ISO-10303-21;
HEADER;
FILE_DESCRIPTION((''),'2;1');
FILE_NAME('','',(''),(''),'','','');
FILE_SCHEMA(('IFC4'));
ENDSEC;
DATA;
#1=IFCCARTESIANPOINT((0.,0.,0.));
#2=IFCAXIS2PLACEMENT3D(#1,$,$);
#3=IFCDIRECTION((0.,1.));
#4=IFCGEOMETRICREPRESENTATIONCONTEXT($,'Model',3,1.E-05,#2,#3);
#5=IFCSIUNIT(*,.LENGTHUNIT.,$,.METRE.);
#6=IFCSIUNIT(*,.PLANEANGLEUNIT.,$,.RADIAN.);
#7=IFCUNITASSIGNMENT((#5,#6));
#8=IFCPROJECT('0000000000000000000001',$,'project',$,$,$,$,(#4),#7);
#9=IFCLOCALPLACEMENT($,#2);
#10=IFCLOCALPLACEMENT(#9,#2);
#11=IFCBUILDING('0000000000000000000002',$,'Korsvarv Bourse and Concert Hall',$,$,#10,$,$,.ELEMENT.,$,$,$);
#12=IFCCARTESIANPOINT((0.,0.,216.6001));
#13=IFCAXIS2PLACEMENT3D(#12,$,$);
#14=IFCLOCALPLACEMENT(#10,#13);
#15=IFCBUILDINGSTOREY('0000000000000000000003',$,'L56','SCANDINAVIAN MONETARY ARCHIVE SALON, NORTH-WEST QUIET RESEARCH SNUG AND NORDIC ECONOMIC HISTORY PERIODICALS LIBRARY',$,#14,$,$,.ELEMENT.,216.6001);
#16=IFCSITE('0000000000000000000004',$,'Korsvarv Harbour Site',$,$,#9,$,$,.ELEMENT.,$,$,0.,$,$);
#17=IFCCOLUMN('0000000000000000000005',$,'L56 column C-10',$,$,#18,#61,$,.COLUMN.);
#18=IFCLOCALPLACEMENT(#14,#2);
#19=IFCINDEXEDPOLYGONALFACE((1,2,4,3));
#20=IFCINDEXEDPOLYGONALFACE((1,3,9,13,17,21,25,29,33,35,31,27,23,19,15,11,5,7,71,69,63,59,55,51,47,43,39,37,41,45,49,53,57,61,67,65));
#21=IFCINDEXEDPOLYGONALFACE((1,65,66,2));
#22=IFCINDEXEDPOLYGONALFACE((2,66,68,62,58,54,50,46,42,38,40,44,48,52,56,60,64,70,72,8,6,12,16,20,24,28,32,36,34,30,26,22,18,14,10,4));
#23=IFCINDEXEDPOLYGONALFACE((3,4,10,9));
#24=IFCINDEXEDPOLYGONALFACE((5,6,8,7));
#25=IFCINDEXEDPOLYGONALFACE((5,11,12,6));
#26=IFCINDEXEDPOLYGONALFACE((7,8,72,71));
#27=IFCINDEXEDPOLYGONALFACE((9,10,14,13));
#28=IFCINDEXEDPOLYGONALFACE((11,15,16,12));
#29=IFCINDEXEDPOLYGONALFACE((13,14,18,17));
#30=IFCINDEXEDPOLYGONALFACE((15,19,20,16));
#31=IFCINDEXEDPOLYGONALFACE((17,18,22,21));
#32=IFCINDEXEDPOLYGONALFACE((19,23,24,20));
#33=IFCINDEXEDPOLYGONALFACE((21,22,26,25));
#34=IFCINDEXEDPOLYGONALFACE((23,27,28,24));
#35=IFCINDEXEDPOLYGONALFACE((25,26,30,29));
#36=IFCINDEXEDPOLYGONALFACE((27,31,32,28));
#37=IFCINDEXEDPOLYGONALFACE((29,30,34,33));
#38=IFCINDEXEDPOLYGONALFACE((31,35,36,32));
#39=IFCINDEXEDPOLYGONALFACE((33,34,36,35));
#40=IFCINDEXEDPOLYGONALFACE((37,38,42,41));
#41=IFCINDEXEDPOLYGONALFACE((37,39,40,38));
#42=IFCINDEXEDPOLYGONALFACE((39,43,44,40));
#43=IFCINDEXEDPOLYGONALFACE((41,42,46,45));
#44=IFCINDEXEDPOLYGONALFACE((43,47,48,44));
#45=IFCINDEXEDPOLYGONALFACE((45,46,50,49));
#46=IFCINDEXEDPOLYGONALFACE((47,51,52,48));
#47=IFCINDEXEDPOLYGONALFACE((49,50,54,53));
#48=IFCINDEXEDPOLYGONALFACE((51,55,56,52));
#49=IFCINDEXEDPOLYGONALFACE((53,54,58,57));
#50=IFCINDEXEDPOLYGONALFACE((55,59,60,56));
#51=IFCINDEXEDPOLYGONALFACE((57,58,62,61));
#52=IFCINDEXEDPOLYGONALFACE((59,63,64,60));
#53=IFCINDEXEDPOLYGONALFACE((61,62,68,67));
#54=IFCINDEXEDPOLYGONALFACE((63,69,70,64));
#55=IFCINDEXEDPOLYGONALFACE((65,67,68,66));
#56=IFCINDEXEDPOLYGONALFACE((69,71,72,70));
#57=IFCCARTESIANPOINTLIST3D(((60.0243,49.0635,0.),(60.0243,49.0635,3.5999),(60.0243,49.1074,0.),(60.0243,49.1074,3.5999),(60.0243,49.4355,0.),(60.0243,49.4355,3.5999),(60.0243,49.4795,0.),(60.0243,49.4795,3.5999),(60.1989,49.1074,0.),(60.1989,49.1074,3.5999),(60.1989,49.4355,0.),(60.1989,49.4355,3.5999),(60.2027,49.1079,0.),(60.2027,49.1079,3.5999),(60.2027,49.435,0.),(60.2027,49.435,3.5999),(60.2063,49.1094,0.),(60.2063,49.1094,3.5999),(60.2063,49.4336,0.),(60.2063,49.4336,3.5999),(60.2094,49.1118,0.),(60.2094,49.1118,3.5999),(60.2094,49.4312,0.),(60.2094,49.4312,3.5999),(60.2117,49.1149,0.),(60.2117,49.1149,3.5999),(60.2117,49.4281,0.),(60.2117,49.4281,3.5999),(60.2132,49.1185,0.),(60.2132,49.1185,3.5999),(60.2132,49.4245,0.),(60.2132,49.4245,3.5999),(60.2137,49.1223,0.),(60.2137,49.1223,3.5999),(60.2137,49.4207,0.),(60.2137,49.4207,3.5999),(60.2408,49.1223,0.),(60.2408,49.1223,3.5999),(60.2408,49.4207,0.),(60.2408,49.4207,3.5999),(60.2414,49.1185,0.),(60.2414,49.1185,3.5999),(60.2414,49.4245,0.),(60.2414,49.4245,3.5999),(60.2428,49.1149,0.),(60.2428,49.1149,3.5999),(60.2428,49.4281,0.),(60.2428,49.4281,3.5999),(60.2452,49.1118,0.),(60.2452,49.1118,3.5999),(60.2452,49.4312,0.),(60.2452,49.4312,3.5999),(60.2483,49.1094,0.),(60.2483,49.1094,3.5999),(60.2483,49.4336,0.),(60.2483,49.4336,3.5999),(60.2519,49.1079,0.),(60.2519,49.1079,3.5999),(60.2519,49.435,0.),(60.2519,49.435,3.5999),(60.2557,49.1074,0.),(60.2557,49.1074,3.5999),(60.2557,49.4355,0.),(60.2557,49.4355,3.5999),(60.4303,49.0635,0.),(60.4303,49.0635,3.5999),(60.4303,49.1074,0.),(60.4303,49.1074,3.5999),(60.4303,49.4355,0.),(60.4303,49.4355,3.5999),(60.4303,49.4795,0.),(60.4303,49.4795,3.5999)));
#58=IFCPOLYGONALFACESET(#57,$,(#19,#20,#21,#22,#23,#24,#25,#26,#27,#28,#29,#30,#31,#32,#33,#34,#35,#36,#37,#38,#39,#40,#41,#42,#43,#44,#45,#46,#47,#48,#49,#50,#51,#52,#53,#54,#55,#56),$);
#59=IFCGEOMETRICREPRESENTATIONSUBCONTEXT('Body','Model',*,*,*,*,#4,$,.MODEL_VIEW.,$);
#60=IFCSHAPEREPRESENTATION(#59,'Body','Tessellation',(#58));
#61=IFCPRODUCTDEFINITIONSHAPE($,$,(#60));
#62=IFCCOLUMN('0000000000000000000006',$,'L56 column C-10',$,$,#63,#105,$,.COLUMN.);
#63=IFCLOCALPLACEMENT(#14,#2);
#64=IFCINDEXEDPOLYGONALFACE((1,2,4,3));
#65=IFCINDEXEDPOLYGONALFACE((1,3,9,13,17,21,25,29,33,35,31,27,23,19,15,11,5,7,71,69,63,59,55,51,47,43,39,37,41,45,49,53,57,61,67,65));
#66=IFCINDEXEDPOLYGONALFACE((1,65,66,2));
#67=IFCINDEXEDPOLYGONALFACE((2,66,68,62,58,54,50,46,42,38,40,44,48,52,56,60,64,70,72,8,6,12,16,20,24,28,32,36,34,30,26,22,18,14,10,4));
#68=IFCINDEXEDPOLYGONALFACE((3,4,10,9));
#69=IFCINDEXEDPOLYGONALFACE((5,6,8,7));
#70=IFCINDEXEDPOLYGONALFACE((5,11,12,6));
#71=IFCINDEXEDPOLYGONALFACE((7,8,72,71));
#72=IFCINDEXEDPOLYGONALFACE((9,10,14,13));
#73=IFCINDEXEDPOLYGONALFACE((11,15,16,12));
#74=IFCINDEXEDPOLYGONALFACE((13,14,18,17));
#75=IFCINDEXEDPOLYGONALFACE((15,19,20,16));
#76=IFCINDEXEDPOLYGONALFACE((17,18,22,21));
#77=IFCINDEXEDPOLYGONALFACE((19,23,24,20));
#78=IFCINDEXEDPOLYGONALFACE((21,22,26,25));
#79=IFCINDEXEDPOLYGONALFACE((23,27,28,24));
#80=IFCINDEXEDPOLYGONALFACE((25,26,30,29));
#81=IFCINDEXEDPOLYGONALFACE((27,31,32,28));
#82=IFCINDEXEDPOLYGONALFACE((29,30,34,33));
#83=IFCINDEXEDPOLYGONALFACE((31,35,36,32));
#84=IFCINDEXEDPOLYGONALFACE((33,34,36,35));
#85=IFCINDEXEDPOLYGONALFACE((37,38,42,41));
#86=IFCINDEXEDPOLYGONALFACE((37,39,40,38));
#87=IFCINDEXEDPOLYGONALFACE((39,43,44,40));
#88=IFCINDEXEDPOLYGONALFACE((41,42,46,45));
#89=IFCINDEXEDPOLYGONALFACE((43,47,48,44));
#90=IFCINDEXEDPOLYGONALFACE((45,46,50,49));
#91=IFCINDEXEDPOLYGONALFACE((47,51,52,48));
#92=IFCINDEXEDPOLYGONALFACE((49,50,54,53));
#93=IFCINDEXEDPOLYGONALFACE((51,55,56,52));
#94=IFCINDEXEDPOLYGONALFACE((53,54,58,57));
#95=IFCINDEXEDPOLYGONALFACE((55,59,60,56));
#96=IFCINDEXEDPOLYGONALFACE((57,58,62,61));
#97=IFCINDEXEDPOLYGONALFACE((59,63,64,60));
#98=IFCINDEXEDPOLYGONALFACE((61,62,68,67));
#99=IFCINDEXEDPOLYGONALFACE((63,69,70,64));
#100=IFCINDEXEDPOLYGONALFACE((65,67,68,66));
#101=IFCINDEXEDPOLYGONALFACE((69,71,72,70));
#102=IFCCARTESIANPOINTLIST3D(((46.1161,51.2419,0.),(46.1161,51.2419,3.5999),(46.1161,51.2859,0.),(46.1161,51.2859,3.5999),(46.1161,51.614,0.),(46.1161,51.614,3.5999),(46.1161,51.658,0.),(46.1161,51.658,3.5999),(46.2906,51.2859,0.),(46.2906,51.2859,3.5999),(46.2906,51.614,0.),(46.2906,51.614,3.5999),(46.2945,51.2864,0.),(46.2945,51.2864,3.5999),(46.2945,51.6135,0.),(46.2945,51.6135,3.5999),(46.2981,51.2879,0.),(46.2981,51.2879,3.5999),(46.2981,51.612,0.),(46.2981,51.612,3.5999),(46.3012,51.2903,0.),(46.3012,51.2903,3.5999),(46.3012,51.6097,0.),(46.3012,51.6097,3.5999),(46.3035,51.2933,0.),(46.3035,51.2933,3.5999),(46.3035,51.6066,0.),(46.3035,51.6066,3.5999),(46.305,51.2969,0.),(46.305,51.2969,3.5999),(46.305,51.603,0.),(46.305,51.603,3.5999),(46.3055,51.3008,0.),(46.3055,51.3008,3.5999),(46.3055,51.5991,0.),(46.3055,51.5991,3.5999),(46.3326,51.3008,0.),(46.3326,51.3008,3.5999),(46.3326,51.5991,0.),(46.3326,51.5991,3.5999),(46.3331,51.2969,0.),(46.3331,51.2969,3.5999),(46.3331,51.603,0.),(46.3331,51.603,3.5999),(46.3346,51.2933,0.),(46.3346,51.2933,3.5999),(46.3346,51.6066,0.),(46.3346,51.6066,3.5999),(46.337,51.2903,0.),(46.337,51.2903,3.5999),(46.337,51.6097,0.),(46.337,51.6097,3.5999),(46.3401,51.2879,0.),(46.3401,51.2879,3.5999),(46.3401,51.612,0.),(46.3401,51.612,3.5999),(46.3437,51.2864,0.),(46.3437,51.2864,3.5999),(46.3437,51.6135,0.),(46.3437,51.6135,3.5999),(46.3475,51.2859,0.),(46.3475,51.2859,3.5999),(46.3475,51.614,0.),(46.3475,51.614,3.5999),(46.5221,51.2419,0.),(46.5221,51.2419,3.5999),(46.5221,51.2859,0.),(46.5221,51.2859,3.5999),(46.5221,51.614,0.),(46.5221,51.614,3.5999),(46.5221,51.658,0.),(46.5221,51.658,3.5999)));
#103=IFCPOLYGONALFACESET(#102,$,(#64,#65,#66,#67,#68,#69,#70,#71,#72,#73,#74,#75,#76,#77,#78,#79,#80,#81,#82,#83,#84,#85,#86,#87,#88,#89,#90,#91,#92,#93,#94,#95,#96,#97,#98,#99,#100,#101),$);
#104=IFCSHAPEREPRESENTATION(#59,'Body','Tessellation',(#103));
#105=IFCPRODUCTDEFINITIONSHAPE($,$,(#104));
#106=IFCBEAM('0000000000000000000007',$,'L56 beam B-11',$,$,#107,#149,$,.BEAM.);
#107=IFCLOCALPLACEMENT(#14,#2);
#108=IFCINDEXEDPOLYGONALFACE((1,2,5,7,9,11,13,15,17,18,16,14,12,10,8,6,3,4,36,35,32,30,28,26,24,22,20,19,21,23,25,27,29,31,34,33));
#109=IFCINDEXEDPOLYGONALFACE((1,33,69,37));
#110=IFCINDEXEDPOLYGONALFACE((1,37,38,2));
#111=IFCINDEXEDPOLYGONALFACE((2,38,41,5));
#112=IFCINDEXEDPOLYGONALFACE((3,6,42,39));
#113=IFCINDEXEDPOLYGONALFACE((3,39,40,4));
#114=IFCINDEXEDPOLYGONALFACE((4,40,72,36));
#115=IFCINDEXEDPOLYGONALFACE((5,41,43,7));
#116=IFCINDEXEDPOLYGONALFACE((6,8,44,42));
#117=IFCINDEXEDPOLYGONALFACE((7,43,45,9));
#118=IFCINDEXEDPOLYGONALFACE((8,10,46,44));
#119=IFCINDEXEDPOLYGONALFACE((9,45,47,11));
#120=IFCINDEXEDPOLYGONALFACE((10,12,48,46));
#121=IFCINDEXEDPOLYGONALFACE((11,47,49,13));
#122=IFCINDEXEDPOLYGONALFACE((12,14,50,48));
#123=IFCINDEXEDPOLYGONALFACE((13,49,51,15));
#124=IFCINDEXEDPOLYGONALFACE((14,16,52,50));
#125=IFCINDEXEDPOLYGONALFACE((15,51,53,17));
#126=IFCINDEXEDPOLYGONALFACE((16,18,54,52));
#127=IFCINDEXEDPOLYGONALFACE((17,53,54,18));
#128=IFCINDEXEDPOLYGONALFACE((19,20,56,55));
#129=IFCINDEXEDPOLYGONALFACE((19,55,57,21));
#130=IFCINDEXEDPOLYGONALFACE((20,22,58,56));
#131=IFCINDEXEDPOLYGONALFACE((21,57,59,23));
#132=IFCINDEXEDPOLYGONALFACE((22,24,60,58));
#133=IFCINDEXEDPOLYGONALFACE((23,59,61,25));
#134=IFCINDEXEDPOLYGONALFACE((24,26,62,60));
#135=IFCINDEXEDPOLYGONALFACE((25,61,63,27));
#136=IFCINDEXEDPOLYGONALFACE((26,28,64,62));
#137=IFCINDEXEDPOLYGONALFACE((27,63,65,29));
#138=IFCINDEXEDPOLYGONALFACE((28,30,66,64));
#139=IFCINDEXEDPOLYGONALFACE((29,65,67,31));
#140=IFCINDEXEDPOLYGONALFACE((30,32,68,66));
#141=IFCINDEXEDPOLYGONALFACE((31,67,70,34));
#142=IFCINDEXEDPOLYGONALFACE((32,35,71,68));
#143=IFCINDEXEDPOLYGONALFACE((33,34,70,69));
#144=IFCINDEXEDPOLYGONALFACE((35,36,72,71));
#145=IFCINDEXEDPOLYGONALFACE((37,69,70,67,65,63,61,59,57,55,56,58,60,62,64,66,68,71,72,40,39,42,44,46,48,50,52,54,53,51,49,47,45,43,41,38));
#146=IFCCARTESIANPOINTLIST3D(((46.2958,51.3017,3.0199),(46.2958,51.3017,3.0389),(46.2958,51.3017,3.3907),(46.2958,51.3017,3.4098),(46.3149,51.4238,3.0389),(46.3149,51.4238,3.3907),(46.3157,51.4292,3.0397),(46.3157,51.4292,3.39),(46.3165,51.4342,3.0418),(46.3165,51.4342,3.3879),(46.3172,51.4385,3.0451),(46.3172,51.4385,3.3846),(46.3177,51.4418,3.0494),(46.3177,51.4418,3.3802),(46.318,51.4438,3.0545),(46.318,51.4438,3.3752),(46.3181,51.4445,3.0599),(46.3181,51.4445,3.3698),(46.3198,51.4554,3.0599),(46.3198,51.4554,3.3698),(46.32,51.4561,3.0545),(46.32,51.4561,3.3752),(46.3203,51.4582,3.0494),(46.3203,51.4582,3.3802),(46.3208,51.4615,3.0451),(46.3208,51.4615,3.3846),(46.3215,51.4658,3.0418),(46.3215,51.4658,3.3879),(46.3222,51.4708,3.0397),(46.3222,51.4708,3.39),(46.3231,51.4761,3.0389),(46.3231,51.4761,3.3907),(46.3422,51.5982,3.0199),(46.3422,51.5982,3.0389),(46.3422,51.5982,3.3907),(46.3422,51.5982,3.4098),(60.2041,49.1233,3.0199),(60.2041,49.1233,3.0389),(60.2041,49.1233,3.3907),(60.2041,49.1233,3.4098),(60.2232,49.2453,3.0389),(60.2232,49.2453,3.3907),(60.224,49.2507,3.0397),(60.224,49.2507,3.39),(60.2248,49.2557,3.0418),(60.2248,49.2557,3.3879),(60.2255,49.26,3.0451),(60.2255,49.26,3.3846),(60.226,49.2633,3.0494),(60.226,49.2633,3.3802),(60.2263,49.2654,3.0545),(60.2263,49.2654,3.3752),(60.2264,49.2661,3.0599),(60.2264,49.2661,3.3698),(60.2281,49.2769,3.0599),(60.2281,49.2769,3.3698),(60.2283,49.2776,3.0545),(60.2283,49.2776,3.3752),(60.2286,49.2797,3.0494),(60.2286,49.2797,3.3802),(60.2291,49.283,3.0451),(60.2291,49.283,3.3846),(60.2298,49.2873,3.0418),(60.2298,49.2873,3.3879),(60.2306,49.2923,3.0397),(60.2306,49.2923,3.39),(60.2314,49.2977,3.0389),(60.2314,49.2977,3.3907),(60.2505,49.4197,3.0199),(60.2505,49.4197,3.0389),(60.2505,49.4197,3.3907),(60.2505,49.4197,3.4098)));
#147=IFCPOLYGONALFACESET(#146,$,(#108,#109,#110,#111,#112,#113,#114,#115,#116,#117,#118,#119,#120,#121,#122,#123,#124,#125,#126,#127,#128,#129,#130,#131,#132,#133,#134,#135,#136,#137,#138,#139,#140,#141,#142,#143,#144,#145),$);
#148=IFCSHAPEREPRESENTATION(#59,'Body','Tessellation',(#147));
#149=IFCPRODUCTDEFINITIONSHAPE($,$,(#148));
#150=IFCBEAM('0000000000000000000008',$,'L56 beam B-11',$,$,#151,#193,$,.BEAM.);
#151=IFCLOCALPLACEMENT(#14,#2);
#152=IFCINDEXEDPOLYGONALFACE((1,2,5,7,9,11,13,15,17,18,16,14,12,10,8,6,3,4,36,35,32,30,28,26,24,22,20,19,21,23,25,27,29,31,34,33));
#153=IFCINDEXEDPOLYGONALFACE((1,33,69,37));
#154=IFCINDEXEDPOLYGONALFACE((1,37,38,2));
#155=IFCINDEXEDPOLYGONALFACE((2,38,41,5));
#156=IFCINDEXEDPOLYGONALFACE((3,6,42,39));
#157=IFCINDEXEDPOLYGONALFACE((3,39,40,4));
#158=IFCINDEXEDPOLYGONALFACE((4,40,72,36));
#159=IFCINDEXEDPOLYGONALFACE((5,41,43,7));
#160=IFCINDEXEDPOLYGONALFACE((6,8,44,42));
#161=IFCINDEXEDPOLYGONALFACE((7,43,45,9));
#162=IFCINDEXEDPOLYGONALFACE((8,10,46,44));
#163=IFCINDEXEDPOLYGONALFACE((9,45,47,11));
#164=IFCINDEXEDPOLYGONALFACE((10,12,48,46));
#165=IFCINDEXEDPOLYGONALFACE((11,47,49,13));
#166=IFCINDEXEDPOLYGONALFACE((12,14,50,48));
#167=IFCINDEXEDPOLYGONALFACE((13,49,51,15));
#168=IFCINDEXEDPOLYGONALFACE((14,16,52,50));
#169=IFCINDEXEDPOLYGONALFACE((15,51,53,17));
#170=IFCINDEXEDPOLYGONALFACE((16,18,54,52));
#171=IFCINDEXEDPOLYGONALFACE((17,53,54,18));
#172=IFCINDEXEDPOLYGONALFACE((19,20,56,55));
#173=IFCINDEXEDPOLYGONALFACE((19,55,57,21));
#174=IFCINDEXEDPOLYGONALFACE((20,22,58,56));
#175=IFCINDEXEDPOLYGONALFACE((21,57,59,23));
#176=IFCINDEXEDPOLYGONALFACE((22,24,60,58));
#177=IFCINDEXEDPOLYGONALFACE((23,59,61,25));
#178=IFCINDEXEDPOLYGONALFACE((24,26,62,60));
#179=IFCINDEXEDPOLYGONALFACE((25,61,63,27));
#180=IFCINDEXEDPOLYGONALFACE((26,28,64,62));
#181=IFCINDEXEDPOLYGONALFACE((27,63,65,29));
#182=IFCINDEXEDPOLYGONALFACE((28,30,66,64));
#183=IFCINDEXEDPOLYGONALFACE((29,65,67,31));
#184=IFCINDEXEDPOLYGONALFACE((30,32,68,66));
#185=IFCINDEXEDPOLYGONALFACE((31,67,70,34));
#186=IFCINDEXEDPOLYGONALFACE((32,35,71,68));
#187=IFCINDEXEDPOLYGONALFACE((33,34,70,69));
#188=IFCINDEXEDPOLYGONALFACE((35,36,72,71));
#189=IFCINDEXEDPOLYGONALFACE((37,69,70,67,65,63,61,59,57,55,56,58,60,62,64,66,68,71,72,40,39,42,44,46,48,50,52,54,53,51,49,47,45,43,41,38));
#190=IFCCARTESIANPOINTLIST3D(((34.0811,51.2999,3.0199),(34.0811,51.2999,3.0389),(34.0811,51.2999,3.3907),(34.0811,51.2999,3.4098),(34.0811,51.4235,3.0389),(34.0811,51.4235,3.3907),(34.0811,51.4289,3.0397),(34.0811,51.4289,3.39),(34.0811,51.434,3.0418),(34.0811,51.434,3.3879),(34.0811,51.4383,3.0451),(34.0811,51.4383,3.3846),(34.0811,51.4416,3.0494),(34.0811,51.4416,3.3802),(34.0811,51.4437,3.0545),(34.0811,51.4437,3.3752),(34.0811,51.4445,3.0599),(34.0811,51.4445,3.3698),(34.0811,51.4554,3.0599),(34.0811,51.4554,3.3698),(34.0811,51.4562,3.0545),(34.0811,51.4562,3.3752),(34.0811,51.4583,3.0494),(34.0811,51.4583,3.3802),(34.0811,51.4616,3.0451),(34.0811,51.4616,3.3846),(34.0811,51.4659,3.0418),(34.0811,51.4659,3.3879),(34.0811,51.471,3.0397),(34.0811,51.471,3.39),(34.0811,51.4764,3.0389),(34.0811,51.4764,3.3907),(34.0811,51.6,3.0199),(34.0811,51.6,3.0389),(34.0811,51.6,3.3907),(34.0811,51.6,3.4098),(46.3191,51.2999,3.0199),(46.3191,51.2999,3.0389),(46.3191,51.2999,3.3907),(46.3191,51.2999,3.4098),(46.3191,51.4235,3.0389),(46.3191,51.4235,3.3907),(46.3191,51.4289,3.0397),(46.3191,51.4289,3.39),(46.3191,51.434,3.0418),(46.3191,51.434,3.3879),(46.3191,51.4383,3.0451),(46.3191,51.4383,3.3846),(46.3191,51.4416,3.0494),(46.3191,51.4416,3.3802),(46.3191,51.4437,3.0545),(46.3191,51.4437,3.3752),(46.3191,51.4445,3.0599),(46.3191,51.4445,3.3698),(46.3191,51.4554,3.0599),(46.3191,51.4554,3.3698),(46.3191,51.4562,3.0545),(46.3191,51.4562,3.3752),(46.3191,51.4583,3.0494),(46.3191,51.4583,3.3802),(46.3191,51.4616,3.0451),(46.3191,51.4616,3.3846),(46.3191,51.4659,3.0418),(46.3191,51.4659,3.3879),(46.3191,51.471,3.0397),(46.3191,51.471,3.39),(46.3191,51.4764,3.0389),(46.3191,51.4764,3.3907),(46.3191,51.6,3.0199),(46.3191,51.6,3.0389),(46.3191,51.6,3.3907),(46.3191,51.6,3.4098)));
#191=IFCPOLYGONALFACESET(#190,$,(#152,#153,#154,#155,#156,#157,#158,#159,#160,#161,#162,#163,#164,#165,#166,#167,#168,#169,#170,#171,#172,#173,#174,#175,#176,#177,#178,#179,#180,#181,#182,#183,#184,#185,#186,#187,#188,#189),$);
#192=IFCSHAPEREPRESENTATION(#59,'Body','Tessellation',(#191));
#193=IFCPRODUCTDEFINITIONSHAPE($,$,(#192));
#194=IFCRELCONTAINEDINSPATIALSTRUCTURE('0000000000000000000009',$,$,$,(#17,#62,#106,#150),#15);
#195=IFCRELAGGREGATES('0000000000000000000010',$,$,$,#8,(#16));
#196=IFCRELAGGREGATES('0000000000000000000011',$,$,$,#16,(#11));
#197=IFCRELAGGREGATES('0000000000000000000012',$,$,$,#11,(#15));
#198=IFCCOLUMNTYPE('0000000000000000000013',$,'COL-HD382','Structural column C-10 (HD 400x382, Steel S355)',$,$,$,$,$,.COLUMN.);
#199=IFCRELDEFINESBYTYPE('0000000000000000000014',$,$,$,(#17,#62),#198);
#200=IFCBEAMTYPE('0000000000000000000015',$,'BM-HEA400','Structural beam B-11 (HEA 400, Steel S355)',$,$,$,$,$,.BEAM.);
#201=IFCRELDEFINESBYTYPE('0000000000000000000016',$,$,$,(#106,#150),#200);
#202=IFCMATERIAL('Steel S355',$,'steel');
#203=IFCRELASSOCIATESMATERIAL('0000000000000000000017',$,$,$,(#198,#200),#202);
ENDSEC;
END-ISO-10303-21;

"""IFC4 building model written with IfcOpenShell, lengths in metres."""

from ifc_helpers import new_model, si_unit, direction, frame, origin, origin_2d, place, context, subcontext, project, spatial, i_section, extrude, source, transform, mapped, material, material_profile, profile_set, type_object, element, save


model = new_model("IFC4")

# Units and contexts
model_context = context("Model", 3, precision=1e-05, world=origin(), true_north=direction((0.0, 1.0)))
body_context = subcontext(model_context, "Body", "Model", "MODEL_VIEW")
ifc_project = project(units=[si_unit("LENGTHUNIT", "METRE"), si_unit("PLANEANGLEUNIT", "RADIAN")], contexts=[model_context])

# Site, building, storey
site_placement = place(None, origin())
site = spatial("IfcSite", under=ifc_project, at=site_placement, Name="Korsvarv Harbour Site", CompositionType="ELEMENT", RefElevation=0.0)
building_placement = place(site_placement, origin())
building = spatial("IfcBuilding", under=site, at=building_placement, Name="Korsvarv Bourse and Concert Hall", CompositionType="ELEMENT")
storey_placement = place(building_placement, frame((0.0, 0.0, 216.6001)))
storey = spatial("IfcBuildingStorey", under=building, at=storey_placement, Name="L56", Description="SCANDINAVIAN MONETARY ARCHIVE SALON, NORTH-WEST QUIET RESEARCH SNUG AND NORDIC ECONOMIC HISTORY PERIODICALS LIBRARY", CompositionType="ELEMENT", Elevation=216.6001)

# Columns
ifc_material_1 = material(Name="Steel S355", Category="steel")
ifc_material_profile_1 = material_profile(ifc_material_1, i_section(OverallWidth=0.406, OverallDepth=0.416, WebThickness=0.0271, FlangeThickness=0.0439, FilletRadius=0.0149, at=origin_2d()), Name="HD 400x382")
ifc_profile_set_1 = profile_set([ifc_material_profile_1], Name="Steel S355")
column_type = type_object("IfcColumnType", Name="COL-HD382", Description="Structural column C-10 (HD 400x382, Steel S355)", PredefinedType="COLUMN", material=ifc_profile_set_1)
shared_shape_1 = source(origin(), body_context, "Body", "SweptSolid", [
    extrude(i_section(OverallWidth=0.406, OverallDepth=0.416, WebThickness=0.0271, FlangeThickness=0.0439, FilletRadius=0.0149, at=origin_2d()), origin(), (0.0, 0.0, 1.0), 3.5999),
])
for number, where, z_axis, x_axis, name in (
    (1, (60.2273, 49.2715, 0.0), (0.0, 0.0, 1.0), (1.0, 0.0, 0.0), "L56 column C-10"),
    (2, (46.3191, 51.45, 0.0), (0.0, 0.0, 1.0), (1.0, 0.0, 0.0), "L56 column C-10"),
):
    element("IfcColumn", number, at=place(storey_placement, frame(where, z_axis=z_axis, x_axis=x_axis)), inside=storey, type_object=column_type, Name=name, PredefinedType="COLUMN", context=body_context, shape_type="MappedRepresentation", body=[
        mapped(shared_shape_1, transform((0.0, 0.0, 0.0), scale=1.0)),
    ])

# Beams
ifc_material_profile_2 = material_profile(ifc_material_1, i_section(OverallWidth=0.3, OverallDepth=0.3899, WebThickness=0.011, FlangeThickness=0.019, FilletRadius=0.021, at=origin_2d()), Name="HEA 400")
ifc_profile_set_2 = profile_set([ifc_material_profile_2], Name="Steel S355")
beam_type_1 = type_object("IfcBeamType", Name="BM-HEA400", Description="Structural beam B-11 (HEA 400, Steel S355)", PredefinedType="BEAM", material=ifc_profile_set_2)
shared_shape_2 = source(origin(), body_context, "Body", "SweptSolid", [
    extrude(i_section(OverallWidth=0.3, OverallDepth=0.3899, WebThickness=0.011, FlangeThickness=0.019, FilletRadius=0.021, at=origin_2d()), origin(), (0.0, 0.0, 1.0), 14.0779),
])
beam_1_placement = place(storey_placement, frame((60.2273, 49.2715, 3.2148), z_axis=(-0.987954, 0.154745, 0.0), x_axis=(-0.154745, -0.987954, 0.0)))
element("IfcBeam", 3, at=beam_1_placement, inside=storey, type_object=beam_type_1, Name="L56 beam B-11", PredefinedType="BEAM", context=body_context, shape_type="MappedRepresentation", body=[
    mapped(shared_shape_2, transform((0.0, 0.0, 0.0), scale=1.0)),
])
shared_shape_3 = source(origin(), body_context, "Body", "SweptSolid", [
    extrude(i_section(OverallWidth=0.3, OverallDepth=0.3899, WebThickness=0.011, FlangeThickness=0.019, FilletRadius=0.021, at=origin_2d()), origin(), (0.0, 0.0, 1.0), 12.238),
])
beam_2_placement = place(storey_placement, frame((46.3191, 51.45, 3.2148), z_axis=(-1.0, 0.0, 0.0), x_axis=(0.0, -1.0, 0.0)))
element("IfcBeam", 4, at=beam_2_placement, inside=storey, type_object=beam_type_1, Name="L56 beam B-11", PredefinedType="BEAM", context=body_context, shape_type="MappedRepresentation", body=[
    mapped(shared_shape_3, transform((0.0, 0.0, 0.0), scale=1.0)),
])

save(model, "model.ifc")
